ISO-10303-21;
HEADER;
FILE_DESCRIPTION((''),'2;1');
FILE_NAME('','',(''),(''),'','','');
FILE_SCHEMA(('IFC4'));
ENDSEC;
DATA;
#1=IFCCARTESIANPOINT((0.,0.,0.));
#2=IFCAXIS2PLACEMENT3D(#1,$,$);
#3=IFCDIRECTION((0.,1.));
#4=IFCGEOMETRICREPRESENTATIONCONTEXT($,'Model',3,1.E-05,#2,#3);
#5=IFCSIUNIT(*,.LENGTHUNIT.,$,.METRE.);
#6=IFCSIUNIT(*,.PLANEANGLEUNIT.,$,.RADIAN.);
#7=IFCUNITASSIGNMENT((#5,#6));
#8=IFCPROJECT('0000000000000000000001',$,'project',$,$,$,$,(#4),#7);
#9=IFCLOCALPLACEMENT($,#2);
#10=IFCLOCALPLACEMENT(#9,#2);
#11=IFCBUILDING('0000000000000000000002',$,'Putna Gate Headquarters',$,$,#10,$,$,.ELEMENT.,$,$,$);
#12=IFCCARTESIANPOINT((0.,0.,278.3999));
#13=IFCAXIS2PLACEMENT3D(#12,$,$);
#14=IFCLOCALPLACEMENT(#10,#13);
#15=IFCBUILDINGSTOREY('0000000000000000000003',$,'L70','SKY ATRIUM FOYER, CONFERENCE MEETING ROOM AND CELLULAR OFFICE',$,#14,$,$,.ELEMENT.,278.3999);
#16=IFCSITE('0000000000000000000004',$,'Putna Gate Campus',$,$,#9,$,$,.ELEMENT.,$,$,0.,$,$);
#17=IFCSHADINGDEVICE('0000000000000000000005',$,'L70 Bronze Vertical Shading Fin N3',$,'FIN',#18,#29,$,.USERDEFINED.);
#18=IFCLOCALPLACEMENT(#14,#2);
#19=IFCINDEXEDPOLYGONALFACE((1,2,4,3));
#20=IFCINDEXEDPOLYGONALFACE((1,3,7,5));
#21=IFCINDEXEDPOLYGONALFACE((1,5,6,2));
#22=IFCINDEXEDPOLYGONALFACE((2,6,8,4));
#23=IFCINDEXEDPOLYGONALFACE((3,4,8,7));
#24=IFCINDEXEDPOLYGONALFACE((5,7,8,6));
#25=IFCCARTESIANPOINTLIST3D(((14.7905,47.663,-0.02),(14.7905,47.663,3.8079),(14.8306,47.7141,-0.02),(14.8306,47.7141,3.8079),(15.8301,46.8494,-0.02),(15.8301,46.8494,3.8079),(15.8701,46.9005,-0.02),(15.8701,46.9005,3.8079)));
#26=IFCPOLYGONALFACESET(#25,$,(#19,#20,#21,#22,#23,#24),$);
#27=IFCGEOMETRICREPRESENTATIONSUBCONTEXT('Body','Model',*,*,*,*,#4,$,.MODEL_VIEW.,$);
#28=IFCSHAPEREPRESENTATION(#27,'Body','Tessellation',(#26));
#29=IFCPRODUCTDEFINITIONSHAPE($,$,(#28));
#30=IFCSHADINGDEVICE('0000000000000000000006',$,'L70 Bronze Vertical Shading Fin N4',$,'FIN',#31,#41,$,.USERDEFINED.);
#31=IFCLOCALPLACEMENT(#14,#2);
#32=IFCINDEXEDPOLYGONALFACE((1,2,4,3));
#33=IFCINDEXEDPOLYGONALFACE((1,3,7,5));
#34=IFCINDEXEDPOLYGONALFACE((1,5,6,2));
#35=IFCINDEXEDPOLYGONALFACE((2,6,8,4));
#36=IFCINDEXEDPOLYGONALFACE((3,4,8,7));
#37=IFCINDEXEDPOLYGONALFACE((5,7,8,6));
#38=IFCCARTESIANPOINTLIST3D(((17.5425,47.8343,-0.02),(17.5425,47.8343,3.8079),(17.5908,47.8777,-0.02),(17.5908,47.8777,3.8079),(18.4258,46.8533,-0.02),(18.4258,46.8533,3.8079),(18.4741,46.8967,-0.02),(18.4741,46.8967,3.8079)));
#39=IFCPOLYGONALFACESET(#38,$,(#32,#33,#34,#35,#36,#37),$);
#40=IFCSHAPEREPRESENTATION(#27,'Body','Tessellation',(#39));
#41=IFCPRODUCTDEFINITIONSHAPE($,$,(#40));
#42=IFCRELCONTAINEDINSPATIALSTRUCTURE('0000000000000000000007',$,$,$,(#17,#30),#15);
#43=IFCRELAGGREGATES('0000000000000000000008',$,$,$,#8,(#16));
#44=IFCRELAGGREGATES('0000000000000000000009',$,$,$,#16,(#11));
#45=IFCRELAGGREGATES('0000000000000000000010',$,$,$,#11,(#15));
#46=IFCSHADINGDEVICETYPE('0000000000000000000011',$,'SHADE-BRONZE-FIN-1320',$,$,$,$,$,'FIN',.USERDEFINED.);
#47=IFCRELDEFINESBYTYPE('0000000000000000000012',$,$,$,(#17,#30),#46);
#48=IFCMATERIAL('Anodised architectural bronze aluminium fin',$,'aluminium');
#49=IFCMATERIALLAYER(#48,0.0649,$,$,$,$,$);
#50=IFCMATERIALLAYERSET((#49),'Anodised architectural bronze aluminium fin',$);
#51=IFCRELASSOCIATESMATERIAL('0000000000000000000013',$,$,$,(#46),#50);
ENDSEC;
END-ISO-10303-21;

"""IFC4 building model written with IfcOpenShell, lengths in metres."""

from ifc_helpers import new_model, si_unit, direction, frame, origin, origin_2d, place, context, subcontext, project, spatial, rectangle, extrude, material, layer, layer_set, type_object, element, save


model = new_model("IFC4")

# Units and contexts
model_context = context("Model", 3, precision=1e-05, world=origin(), true_north=direction((0.0, 1.0)))
body_context = subcontext(model_context, "Body", "Model", "MODEL_VIEW")
ifc_project = project(units=[si_unit("LENGTHUNIT", "METRE"), si_unit("PLANEANGLEUNIT", "RADIAN")], contexts=[model_context])

# Site, building, storey
site_placement = place(None, origin())
site = spatial("IfcSite", under=ifc_project, at=site_placement, Name="Putna Gate Campus", CompositionType="ELEMENT", RefElevation=0.0)
building_placement = place(site_placement, origin())
building = spatial("IfcBuilding", under=site, at=building_placement, Name="Putna Gate Headquarters", CompositionType="ELEMENT")
storey_placement = place(building_placement, frame((0.0, 0.0, 278.3999)))
storey = spatial("IfcBuildingStorey", under=building, at=storey_placement, Name="L70", Description="SKY ATRIUM FOYER, CONFERENCE MEETING ROOM AND CELLULAR OFFICE", CompositionType="ELEMENT", Elevation=278.3999)

# Shading devices
ifc_material_1 = material(Name="Anodised architectural bronze aluminium fin", Category="aluminium")
ifc_layer_1 = layer(ifc_material_1, 0.0649)
ifc_layer_set_1 = layer_set([ifc_layer_1], Name="Anodised architectural bronze aluminium fin")
shading_device_type = type_object("IfcShadingDeviceType", Name="SHADE-BRONZE-FIN-1320", ElementType="FIN", PredefinedType="USERDEFINED", material=ifc_layer_set_1)
for number, where, z_axis, x_axis, name in (
    (1, (15.3303, 47.2817, -0.02), (0.0, 0.0, 1.0), (-0.787473, 0.616349, 0.0), "L70 Bronze Vertical Shading Fin N3"),
    (2, (18.0083, 47.3655, -0.02), (0.0, 0.0, 1.0), (-0.669131, 0.743145, 0.0), "L70 Bronze Vertical Shading Fin N4"),
):
    element("IfcShadingDevice", number, at=place(storey_placement, frame(where, z_axis=z_axis, x_axis=x_axis)), inside=storey, type_object=shading_device_type, Name=name, ObjectType="FIN", PredefinedType="USERDEFINED", context=body_context, shape_type="SweptSolid", body=[
        extrude(rectangle(XDim=1.3201, YDim=0.0649, at=origin_2d()), origin(), (0.0, 0.0, 1.0), 3.8279),
    ])

save(model, "model.ifc")
